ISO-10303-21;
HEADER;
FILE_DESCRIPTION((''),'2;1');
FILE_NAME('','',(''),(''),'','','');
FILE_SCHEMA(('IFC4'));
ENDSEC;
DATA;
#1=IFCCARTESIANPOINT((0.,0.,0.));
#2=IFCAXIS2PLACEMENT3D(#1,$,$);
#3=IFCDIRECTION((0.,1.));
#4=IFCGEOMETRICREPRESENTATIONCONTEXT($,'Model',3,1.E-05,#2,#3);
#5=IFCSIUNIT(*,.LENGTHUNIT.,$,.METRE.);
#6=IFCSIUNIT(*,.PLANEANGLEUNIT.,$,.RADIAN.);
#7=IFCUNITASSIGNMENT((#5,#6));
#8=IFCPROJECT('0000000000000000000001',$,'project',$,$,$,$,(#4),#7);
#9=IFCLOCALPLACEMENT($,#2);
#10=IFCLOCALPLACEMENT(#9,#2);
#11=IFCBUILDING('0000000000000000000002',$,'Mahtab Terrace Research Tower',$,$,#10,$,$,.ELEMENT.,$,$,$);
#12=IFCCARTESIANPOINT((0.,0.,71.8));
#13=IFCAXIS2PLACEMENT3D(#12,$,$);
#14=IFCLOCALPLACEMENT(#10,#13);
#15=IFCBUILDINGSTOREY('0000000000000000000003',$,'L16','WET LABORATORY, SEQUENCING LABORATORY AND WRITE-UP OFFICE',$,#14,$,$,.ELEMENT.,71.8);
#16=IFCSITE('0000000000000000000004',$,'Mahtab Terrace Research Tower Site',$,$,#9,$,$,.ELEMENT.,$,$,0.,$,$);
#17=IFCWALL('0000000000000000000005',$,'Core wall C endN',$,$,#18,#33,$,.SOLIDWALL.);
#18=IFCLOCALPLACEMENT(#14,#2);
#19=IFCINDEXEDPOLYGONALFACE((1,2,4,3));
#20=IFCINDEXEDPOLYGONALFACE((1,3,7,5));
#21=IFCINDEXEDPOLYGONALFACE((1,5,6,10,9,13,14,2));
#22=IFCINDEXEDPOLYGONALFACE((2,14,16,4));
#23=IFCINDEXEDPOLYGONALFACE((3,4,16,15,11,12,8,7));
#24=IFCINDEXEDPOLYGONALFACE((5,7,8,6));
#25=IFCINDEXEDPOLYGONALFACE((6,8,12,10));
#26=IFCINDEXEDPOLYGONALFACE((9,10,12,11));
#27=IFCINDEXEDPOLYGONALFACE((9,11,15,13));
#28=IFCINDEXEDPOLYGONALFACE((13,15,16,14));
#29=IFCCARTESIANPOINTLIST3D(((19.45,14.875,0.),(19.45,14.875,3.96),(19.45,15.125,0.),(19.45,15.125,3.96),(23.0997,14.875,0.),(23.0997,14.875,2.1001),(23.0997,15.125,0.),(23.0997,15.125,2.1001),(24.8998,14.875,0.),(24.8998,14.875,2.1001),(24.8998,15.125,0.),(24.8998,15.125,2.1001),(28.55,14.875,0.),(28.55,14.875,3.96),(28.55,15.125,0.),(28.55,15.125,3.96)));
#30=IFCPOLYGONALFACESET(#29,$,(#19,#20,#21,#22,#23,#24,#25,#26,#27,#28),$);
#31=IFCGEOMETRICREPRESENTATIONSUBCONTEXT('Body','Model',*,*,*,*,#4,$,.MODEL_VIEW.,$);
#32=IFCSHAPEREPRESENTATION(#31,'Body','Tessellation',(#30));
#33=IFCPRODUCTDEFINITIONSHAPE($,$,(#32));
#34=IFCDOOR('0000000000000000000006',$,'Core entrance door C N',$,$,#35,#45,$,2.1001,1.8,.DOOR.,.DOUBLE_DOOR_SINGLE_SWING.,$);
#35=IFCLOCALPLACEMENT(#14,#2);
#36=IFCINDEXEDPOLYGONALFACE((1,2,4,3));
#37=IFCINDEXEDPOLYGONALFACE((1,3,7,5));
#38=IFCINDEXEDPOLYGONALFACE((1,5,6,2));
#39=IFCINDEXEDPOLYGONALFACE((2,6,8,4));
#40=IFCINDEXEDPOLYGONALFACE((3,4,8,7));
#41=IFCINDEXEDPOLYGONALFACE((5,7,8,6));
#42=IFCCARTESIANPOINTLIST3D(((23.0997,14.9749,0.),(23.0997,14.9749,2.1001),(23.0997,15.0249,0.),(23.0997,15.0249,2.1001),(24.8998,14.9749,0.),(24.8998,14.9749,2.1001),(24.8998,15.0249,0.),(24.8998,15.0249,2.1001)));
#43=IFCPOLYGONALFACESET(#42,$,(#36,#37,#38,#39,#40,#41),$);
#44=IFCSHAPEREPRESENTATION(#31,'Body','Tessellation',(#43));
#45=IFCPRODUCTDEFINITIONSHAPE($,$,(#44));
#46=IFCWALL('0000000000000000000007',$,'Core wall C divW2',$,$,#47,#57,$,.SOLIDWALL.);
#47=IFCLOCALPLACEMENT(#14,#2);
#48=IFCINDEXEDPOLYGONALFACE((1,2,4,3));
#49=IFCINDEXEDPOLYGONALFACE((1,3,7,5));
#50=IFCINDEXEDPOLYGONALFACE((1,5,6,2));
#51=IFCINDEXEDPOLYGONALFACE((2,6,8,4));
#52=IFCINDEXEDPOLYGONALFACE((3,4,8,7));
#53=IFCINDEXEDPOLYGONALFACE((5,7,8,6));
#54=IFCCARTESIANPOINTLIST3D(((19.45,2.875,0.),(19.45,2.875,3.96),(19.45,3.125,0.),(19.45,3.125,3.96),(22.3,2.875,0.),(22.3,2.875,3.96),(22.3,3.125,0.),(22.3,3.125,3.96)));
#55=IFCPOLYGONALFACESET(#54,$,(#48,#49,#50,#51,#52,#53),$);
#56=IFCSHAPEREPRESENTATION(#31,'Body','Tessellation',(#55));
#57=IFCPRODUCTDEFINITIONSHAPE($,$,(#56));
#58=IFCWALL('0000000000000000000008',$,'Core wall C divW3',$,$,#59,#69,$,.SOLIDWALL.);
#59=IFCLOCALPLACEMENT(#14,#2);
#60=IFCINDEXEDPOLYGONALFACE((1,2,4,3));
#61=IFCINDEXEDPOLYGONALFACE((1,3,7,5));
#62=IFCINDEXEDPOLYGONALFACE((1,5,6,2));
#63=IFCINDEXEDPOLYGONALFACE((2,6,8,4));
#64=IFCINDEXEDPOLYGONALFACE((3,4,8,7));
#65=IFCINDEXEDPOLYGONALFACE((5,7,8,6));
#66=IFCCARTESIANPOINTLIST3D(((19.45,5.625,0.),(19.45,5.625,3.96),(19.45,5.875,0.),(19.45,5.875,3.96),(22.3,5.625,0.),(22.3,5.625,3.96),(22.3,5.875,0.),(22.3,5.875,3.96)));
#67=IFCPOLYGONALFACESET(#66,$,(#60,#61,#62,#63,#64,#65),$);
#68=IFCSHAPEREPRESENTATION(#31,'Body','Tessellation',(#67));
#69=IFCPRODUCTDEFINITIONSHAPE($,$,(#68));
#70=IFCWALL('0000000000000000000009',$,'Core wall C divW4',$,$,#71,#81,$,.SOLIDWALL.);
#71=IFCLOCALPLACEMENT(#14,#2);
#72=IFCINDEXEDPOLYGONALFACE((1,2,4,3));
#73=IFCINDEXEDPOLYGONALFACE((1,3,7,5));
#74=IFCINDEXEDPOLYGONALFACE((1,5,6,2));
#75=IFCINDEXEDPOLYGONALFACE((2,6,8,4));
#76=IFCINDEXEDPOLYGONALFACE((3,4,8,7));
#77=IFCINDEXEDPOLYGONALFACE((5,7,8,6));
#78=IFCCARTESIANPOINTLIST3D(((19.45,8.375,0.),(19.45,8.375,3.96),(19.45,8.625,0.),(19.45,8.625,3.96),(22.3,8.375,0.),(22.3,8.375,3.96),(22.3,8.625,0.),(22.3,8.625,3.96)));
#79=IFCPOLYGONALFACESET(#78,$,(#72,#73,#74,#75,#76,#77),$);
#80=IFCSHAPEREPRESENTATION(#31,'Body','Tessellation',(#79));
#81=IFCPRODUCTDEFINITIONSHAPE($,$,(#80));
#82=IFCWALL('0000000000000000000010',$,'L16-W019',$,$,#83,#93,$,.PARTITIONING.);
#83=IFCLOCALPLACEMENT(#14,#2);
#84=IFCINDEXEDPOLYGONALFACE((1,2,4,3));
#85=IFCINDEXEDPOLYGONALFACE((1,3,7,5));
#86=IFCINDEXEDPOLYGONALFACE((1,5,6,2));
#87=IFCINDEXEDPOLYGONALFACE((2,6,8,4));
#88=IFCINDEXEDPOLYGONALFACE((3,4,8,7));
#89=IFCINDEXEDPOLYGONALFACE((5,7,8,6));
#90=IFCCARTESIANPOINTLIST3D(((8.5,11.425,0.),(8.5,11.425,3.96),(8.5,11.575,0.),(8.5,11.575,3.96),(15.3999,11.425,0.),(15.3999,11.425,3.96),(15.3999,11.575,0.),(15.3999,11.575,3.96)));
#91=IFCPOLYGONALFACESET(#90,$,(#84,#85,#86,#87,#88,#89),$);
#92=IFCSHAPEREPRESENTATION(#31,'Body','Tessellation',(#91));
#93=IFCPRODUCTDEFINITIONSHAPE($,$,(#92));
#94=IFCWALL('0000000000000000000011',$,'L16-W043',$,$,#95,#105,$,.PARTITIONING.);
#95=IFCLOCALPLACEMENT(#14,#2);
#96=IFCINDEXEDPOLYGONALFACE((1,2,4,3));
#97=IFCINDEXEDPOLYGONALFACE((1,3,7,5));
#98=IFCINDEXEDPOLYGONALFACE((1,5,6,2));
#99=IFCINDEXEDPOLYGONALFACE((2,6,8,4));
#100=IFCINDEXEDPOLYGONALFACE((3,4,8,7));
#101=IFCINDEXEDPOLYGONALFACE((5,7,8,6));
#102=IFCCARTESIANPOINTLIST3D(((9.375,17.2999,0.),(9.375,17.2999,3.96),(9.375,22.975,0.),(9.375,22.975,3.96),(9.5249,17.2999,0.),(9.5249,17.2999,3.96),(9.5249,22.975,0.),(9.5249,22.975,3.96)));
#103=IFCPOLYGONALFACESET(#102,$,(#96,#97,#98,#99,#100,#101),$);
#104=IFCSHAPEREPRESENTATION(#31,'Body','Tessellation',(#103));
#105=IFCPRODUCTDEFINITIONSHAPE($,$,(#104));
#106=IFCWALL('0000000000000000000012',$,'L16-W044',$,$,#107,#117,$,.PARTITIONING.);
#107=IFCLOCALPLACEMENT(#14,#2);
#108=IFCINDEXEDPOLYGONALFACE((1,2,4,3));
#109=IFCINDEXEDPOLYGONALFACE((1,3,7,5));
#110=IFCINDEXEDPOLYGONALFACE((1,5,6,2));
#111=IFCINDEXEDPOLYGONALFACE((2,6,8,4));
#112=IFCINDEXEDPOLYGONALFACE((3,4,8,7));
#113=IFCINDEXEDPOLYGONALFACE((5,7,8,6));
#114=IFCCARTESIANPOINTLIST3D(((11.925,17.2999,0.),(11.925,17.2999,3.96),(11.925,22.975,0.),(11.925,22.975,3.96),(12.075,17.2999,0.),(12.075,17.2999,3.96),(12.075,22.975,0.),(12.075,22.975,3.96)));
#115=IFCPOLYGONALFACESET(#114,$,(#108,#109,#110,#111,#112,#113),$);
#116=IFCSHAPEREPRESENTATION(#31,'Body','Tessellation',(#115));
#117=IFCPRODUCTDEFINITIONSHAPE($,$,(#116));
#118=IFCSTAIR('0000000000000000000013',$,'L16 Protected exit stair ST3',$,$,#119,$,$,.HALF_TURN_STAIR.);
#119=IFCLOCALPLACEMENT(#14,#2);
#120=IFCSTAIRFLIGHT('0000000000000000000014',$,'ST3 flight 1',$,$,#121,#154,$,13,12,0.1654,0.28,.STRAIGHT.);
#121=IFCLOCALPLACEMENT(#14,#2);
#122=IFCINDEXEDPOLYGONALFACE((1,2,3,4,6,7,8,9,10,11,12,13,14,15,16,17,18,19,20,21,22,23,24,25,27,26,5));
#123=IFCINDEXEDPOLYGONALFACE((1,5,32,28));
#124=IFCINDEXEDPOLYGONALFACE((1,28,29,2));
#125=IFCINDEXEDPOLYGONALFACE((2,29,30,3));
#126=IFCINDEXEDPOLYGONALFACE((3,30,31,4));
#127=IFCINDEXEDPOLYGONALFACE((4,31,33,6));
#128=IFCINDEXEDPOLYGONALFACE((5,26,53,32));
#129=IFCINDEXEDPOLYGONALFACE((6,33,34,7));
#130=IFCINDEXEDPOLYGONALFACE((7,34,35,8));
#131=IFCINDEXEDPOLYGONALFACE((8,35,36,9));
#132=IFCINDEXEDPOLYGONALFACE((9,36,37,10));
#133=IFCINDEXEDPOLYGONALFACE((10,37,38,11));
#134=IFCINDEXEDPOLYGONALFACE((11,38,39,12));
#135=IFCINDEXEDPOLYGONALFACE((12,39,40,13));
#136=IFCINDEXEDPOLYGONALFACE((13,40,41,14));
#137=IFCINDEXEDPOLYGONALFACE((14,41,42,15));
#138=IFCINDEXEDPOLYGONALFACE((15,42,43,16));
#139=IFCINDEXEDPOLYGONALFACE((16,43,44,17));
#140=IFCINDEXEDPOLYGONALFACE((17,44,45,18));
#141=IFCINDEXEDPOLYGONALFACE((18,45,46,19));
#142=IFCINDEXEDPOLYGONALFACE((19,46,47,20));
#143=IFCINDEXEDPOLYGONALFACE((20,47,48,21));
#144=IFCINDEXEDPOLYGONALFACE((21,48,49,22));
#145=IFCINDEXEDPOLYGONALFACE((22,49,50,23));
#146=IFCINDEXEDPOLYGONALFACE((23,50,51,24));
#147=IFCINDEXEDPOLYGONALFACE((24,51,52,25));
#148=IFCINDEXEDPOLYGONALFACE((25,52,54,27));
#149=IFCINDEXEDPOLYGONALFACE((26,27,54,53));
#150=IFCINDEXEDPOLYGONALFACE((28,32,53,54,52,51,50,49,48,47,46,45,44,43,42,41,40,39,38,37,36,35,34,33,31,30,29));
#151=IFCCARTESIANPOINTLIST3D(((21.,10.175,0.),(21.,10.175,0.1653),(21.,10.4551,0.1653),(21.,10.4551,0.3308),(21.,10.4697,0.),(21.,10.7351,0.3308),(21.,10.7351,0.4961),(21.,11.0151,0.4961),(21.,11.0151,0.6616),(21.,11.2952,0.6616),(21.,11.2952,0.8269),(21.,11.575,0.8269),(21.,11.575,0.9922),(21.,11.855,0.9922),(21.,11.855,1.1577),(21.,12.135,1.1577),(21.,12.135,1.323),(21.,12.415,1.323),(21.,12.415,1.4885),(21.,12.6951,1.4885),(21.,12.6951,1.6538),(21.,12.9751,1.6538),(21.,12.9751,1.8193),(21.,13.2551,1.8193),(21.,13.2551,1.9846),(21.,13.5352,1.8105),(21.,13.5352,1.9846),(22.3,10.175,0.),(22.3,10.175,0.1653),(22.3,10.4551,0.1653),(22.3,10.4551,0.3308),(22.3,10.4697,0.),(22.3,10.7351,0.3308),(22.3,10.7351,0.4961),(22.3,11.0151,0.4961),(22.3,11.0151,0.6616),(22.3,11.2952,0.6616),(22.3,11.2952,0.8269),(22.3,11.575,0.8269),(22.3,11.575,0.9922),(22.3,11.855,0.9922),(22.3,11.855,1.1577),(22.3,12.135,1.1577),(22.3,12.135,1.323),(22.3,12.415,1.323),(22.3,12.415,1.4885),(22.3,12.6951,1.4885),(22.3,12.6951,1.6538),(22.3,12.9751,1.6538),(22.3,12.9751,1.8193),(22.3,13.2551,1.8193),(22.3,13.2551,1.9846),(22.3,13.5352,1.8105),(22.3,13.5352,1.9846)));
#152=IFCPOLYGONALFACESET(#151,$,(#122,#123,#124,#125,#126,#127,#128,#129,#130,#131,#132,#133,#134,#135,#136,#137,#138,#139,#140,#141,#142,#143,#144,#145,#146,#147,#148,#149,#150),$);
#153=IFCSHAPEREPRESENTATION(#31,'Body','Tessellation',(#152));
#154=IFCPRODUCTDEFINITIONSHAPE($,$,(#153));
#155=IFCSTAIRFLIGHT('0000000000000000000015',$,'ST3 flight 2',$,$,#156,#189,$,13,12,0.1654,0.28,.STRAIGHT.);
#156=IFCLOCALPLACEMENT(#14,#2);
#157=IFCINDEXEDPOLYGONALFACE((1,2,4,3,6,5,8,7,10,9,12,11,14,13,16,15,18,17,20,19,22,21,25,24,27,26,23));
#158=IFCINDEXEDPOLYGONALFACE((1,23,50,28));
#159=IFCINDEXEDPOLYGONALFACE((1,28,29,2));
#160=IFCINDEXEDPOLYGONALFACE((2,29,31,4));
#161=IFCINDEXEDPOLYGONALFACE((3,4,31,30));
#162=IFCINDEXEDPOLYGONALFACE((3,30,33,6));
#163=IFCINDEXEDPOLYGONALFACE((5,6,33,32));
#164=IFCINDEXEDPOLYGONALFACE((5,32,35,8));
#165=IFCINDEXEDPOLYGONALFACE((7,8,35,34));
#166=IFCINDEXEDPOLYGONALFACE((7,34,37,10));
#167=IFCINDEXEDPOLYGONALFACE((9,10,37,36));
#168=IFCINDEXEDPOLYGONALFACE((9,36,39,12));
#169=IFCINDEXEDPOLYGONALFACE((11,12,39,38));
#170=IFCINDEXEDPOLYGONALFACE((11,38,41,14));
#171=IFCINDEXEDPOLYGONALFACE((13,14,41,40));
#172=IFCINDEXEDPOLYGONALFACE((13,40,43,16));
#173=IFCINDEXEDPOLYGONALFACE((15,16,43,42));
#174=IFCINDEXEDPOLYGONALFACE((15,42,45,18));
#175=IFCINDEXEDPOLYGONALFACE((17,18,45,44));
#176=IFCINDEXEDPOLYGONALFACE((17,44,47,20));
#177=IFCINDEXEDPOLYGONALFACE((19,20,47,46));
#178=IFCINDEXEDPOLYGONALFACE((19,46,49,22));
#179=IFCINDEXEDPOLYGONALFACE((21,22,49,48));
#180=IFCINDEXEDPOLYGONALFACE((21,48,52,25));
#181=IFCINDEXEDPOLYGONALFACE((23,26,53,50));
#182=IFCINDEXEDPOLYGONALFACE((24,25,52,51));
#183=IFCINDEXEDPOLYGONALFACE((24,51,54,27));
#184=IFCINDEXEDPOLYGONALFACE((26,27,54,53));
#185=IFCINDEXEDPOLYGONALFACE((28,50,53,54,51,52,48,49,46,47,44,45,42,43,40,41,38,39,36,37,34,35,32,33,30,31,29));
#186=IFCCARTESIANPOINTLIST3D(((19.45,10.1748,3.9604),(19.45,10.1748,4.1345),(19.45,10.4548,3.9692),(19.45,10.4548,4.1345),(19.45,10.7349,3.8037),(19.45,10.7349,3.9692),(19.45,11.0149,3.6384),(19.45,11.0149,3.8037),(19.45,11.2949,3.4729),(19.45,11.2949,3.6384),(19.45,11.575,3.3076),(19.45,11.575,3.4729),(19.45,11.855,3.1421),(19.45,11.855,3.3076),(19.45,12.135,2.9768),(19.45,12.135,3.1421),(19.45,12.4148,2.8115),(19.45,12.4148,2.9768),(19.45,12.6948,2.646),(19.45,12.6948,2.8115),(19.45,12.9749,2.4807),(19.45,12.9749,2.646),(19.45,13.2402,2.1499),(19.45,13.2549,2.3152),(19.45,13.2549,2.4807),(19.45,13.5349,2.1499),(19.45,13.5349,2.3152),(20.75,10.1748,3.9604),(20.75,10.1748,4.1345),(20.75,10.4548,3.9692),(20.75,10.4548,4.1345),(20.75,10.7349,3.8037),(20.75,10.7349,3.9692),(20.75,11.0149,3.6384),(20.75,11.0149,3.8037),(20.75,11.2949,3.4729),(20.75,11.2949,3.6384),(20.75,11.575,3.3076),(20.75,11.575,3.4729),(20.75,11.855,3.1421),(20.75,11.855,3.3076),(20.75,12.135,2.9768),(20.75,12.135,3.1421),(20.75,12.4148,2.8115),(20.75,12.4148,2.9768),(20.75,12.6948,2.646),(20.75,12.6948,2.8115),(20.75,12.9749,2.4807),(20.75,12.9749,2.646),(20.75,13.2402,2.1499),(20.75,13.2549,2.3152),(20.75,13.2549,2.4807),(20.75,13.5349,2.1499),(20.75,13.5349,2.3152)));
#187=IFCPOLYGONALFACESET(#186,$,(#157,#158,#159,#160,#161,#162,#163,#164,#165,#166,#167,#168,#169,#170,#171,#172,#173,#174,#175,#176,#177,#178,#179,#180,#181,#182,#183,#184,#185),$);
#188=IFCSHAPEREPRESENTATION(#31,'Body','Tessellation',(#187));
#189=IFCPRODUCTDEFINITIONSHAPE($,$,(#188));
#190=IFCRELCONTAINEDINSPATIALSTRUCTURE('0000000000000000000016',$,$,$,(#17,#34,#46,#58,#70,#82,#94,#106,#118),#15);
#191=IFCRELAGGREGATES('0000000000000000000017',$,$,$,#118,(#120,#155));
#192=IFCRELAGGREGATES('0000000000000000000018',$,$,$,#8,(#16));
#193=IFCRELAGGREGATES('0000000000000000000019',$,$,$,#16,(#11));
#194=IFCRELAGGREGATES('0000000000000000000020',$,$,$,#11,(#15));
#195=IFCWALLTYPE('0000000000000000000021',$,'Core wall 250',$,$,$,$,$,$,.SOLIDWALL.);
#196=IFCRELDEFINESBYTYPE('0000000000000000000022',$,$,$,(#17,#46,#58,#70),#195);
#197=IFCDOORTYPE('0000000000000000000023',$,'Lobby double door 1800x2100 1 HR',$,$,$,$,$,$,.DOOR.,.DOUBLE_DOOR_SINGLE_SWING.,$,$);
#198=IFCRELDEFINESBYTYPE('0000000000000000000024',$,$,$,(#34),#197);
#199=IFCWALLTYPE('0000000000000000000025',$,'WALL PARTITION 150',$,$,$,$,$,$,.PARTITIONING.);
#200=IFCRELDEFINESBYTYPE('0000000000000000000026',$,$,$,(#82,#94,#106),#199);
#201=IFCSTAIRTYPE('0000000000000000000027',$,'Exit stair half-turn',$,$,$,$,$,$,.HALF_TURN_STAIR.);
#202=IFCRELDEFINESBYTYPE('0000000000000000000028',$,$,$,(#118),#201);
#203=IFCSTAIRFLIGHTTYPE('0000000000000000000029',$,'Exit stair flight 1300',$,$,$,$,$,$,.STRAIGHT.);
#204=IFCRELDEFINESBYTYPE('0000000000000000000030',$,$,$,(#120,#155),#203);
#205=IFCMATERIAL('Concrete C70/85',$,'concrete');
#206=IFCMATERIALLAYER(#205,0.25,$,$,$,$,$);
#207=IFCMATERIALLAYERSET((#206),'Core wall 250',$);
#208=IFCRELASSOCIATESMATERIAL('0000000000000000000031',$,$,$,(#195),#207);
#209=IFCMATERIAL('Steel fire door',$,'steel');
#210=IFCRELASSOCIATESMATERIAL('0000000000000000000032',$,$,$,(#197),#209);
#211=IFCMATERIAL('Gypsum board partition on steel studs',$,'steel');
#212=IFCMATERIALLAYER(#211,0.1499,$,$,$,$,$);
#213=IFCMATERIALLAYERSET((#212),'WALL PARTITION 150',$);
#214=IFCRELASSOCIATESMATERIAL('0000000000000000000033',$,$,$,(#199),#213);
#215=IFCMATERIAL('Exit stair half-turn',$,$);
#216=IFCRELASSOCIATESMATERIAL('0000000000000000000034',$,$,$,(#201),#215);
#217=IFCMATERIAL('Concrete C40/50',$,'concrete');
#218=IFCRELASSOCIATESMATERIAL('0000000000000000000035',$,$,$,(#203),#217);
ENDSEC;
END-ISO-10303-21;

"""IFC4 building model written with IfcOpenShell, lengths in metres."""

from ifc_helpers import new_model, si_unit, direction, frame, frame_2d, origin, place, context, subcontext, project, spatial, polyline, rectangle, outline, extrude, material, layer, layer_set, type_object, element, fill, aggregate, save


model = new_model("IFC4")

# Units and contexts
model_context = context("Model", 3, precision=1e-05, world=origin(), true_north=direction((0.0, 1.0)))
body_context = subcontext(model_context, "Body", "Model", "MODEL_VIEW")
ifc_project = project(units=[si_unit("LENGTHUNIT", "METRE"), si_unit("PLANEANGLEUNIT", "RADIAN")], contexts=[model_context])

# Site, building, storey
site_placement = place(None, origin())
site = spatial("IfcSite", under=ifc_project, at=site_placement, Name="Mahtab Terrace Research Tower Site", CompositionType="ELEMENT", RefElevation=0.0)
building_placement = place(site_placement, origin())
building = spatial("IfcBuilding", under=site, at=building_placement, Name="Mahtab Terrace Research Tower", CompositionType="ELEMENT")
storey_placement = place(building_placement, frame((0.0, 0.0, 71.8)))
storey = spatial("IfcBuildingStorey", under=building, at=storey_placement, Name="L16", Description="WET LABORATORY, SEQUENCING LABORATORY AND WRITE-UP OFFICE", CompositionType="ELEMENT", Elevation=71.8)

# Shared definitions
ifc_material_1 = material(Name="Concrete C70/85", Category="concrete")

# Shared definitions
ifc_layer_1 = layer(ifc_material_1, 0.25)
ifc_layer_set_1 = layer_set([ifc_layer_1], Name="Core wall 250")
wall_type_1 = type_object("IfcWallType", Name="Core wall 250", PredefinedType="SOLIDWALL", material=ifc_layer_set_1)

# Wall, opening, door
wall_1_placement = place(storey_placement, frame((19.45, 15.0, 0.0), z_axis=(0.0, 0.0, 1.0), x_axis=(1.0, 0.0, 0.0)))
wall_1 = element("IfcWall", 1, at=wall_1_placement, inside=storey, type_object=wall_type_1, Name="Core wall C endN", PredefinedType="SOLIDWALL", context=body_context, shape_type="SweptSolid", body=[
    extrude(rectangle(XDim=9.1001, YDim=0.25, at=frame_2d((4.55, 0.0))), origin(), (0.0, 0.0, 1.0), 3.96),
])
opening_placement = place(wall_1_placement, frame((3.6499, 0.0, 0.0)))
opening = element("IfcOpeningElement", 2, at=opening_placement, cuts=wall_1, PredefinedType="OPENING", context=body_context, shape_type="SweptSolid", body=[
    extrude(rectangle(XDim=1.8, YDim=2.1001, at=frame_2d((0.8999, 1.05))), frame((0.0, 0.135, 0.0), z_axis=(0.0, -1.0, 0.0), x_axis=(1.0, 0.0, 0.0)), (0.0, 0.0, 1.0), 0.27),
])
ifc_material_2 = material(Name="Steel fire door", Category="steel")
door_type = type_object("IfcDoorType", Name="Lobby double door 1800x2100 1 HR", OperationType="DOUBLE_DOOR_SINGLE_SWING", PredefinedType="DOOR", material=ifc_material_2)
door_placement = place(opening_placement, origin())
door = element("IfcDoor", 3, at=door_placement, inside=storey, type_object=door_type, Name="Core entrance door C N", OperationType="DOUBLE_DOOR_SINGLE_SWING", OverallHeight=2.1001, OverallWidth=1.8, PredefinedType="DOOR", context=body_context, shape_type="SweptSolid", body=[
    extrude(rectangle(XDim=1.8, YDim=2.1001, at=frame_2d((0.8999, 1.05))), frame((0.0, 0.0249, 0.0), z_axis=(0.0, -1.0, 0.0), x_axis=(1.0, 0.0, 0.0)), (0.0, 0.0, 1.0), 0.05),
])
fill(opening, door)

# Walls
for number, where, z_axis, x_axis, name in (
    (4, (19.45, 3.0, 0.0), (0.0, 0.0, 1.0), (1.0, 0.0, 0.0), "Core wall C divW2"),
    (5, (19.45, 5.75, 0.0), (0.0, 0.0, 1.0), (1.0, 0.0, 0.0), "Core wall C divW3"),
    (6, (19.45, 8.5, 0.0), (0.0, 0.0, 1.0), (1.0, 0.0, 0.0), "Core wall C divW4"),
):
    element("IfcWall", number, at=place(storey_placement, frame(where, z_axis=z_axis, x_axis=x_axis)), inside=storey, type_object=wall_type_1, Name=name, PredefinedType="SOLIDWALL", context=body_context, shape_type="SweptSolid", body=[
        extrude(rectangle(XDim=2.8501, YDim=0.25, at=frame_2d((1.425, 0.0))), origin(), (0.0, 0.0, 1.0), 3.96),
    ])
ifc_material_3 = material(Name="Gypsum board partition on steel studs", Category="steel")
ifc_layer_2 = layer(ifc_material_3, 0.1499)
ifc_layer_set_2 = layer_set([ifc_layer_2], Name="WALL PARTITION 150")
wall_type_2 = type_object("IfcWallType", Name="WALL PARTITION 150", PredefinedType="PARTITIONING", material=ifc_layer_set_2)
wall_2_placement = place(storey_placement, frame((8.5, 11.5, 0.0), z_axis=(0.0, 0.0, 1.0), x_axis=(1.0, 0.0, 0.0)))
element("IfcWall", 7, at=wall_2_placement, inside=storey, type_object=wall_type_2, Name="L16-W019", PredefinedType="PARTITIONING", context=body_context, shape_type="SweptSolid", body=[
    extrude(rectangle(XDim=6.8999, YDim=0.1499, at=frame_2d((3.45, 0.0))), origin(), (0.0, 0.0, 1.0), 3.96),
])
for number, where, z_axis, x_axis, name in (
    (8, (9.45, 17.3, 0.0), (0.0, 0.0, 1.0), (0.0, 1.0, 0.0), "L16-W043"),
    (9, (12.0, 17.3, 0.0), (0.0, 0.0, 1.0), (0.0, 1.0, 0.0), "L16-W044"),
):
    element("IfcWall", number, at=place(storey_placement, frame(where, z_axis=z_axis, x_axis=x_axis)), inside=storey, type_object=wall_type_2, Name=name, PredefinedType="PARTITIONING", context=body_context, shape_type="SweptSolid", body=[
        extrude(rectangle(XDim=5.675, YDim=0.1499, at=frame_2d((2.8374, 0.0))), origin(), (0.0, 0.0, 1.0), 3.96),
    ])

# Stair, stair flights
ifc_material_4 = material(Name="Exit stair half-turn")
stair_type = type_object("IfcStairType", Name="Exit stair half-turn", PredefinedType="HALF_TURN_STAIR", material=ifc_material_4)
stair_placement = place(storey_placement, origin())
stair = element("IfcStair", 10, at=stair_placement, inside=storey, type_object=stair_type, Name="L16 Protected exit stair ST3", PredefinedType="HALF_TURN_STAIR")
ifc_material_5 = material(Name="Concrete C40/50", Category="concrete")
stair_flight_type = type_object("IfcStairFlightType", Name="Exit stair flight 1300", PredefinedType="STRAIGHT", material=ifc_material_5)
stair_flight_1_placement = place(storey_placement, frame((21.6499, 10.175, 0.0), z_axis=(0.0, 0.0, 1.0), x_axis=(0.0, 1.0, 0.0)))
stair_flight_1 = element("IfcStairFlight", 11, at=stair_flight_1_placement, type_object=stair_flight_type, Name="ST3 flight 1", NumberOfRisers=13, NumberOfTreads=12, PredefinedType="STRAIGHT", RiserHeight=0.1654, TreadLength=0.28, context=body_context, shape_type="SweptSolid", body=[
    extrude(outline(polyline([(0.0, 0.0), (0.0, 0.1653), (0.28, 0.1653), (0.28, 0.3308), (0.5601, 0.3308), (0.5601, 0.4961), (0.8401, 0.4961), (0.8401, 0.6616), (1.1201, 0.6616), (1.1201, 0.8269), (1.3999, 0.8269), (1.3999, 0.9922), (1.6799, 0.9922), (1.6799, 1.1577), (1.96, 1.1577), (1.96, 1.323), (2.24, 1.323), (2.24, 1.4885), (2.52, 1.4885), (2.52, 1.6538), (2.8, 1.6538), (2.8, 1.8193), (3.0801, 1.8193), (3.0801, 1.9846), (3.3601, 1.9846), (3.3601, 2.1499), (3.3601, 1.8105), (0.2947, 0.0), (0.0, 0.0)])), frame((0.0, 0.6499, 0.0), z_axis=(0.0, -1.0, 0.0), x_axis=(1.0, 0.0, 0.0)), (0.0, 0.0, 1.0), 1.3),
])
stair_flight_2_placement = place(storey_placement, frame((20.1001, 13.5349, 2.1499), z_axis=(0.0, 0.0, 1.0), x_axis=(0.0, -1.0, 0.0)))
stair_flight_2 = element("IfcStairFlight", 12, at=stair_flight_2_placement, type_object=stair_flight_type, Name="ST3 flight 2", NumberOfRisers=13, NumberOfTreads=12, PredefinedType="STRAIGHT", RiserHeight=0.1654, TreadLength=0.28, context=body_context, shape_type="SweptSolid", body=[
    extrude(outline(polyline([(0.0, 0.0), (0.0, 0.1653), (0.28, 0.1653), (0.28, 0.3308), (0.5601, 0.3308), (0.5601, 0.4961), (0.8401, 0.4961), (0.8401, 0.6616), (1.1201, 0.6616), (1.1201, 0.8269), (1.3999, 0.8269), (1.3999, 0.9922), (1.6799, 0.9922), (1.6799, 1.1577), (1.96, 1.1577), (1.96, 1.323), (2.24, 1.323), (2.24, 1.4885), (2.52, 1.4885), (2.52, 1.6538), (2.8, 1.6538), (2.8, 1.8193), (3.0801, 1.8193), (3.0801, 1.9846), (3.3601, 1.9846), (3.3601, 2.1499), (3.3601, 1.8105), (0.2947, 0.0), (0.0, 0.0)])), frame((0.0, 0.6499, 0.0), z_axis=(0.0, -1.0, 0.0), x_axis=(1.0, 0.0, 0.0)), (0.0, 0.0, 1.0), 1.3),
])
aggregate(stair, [stair_flight_1, stair_flight_2])

save(model, "model.ifc")
